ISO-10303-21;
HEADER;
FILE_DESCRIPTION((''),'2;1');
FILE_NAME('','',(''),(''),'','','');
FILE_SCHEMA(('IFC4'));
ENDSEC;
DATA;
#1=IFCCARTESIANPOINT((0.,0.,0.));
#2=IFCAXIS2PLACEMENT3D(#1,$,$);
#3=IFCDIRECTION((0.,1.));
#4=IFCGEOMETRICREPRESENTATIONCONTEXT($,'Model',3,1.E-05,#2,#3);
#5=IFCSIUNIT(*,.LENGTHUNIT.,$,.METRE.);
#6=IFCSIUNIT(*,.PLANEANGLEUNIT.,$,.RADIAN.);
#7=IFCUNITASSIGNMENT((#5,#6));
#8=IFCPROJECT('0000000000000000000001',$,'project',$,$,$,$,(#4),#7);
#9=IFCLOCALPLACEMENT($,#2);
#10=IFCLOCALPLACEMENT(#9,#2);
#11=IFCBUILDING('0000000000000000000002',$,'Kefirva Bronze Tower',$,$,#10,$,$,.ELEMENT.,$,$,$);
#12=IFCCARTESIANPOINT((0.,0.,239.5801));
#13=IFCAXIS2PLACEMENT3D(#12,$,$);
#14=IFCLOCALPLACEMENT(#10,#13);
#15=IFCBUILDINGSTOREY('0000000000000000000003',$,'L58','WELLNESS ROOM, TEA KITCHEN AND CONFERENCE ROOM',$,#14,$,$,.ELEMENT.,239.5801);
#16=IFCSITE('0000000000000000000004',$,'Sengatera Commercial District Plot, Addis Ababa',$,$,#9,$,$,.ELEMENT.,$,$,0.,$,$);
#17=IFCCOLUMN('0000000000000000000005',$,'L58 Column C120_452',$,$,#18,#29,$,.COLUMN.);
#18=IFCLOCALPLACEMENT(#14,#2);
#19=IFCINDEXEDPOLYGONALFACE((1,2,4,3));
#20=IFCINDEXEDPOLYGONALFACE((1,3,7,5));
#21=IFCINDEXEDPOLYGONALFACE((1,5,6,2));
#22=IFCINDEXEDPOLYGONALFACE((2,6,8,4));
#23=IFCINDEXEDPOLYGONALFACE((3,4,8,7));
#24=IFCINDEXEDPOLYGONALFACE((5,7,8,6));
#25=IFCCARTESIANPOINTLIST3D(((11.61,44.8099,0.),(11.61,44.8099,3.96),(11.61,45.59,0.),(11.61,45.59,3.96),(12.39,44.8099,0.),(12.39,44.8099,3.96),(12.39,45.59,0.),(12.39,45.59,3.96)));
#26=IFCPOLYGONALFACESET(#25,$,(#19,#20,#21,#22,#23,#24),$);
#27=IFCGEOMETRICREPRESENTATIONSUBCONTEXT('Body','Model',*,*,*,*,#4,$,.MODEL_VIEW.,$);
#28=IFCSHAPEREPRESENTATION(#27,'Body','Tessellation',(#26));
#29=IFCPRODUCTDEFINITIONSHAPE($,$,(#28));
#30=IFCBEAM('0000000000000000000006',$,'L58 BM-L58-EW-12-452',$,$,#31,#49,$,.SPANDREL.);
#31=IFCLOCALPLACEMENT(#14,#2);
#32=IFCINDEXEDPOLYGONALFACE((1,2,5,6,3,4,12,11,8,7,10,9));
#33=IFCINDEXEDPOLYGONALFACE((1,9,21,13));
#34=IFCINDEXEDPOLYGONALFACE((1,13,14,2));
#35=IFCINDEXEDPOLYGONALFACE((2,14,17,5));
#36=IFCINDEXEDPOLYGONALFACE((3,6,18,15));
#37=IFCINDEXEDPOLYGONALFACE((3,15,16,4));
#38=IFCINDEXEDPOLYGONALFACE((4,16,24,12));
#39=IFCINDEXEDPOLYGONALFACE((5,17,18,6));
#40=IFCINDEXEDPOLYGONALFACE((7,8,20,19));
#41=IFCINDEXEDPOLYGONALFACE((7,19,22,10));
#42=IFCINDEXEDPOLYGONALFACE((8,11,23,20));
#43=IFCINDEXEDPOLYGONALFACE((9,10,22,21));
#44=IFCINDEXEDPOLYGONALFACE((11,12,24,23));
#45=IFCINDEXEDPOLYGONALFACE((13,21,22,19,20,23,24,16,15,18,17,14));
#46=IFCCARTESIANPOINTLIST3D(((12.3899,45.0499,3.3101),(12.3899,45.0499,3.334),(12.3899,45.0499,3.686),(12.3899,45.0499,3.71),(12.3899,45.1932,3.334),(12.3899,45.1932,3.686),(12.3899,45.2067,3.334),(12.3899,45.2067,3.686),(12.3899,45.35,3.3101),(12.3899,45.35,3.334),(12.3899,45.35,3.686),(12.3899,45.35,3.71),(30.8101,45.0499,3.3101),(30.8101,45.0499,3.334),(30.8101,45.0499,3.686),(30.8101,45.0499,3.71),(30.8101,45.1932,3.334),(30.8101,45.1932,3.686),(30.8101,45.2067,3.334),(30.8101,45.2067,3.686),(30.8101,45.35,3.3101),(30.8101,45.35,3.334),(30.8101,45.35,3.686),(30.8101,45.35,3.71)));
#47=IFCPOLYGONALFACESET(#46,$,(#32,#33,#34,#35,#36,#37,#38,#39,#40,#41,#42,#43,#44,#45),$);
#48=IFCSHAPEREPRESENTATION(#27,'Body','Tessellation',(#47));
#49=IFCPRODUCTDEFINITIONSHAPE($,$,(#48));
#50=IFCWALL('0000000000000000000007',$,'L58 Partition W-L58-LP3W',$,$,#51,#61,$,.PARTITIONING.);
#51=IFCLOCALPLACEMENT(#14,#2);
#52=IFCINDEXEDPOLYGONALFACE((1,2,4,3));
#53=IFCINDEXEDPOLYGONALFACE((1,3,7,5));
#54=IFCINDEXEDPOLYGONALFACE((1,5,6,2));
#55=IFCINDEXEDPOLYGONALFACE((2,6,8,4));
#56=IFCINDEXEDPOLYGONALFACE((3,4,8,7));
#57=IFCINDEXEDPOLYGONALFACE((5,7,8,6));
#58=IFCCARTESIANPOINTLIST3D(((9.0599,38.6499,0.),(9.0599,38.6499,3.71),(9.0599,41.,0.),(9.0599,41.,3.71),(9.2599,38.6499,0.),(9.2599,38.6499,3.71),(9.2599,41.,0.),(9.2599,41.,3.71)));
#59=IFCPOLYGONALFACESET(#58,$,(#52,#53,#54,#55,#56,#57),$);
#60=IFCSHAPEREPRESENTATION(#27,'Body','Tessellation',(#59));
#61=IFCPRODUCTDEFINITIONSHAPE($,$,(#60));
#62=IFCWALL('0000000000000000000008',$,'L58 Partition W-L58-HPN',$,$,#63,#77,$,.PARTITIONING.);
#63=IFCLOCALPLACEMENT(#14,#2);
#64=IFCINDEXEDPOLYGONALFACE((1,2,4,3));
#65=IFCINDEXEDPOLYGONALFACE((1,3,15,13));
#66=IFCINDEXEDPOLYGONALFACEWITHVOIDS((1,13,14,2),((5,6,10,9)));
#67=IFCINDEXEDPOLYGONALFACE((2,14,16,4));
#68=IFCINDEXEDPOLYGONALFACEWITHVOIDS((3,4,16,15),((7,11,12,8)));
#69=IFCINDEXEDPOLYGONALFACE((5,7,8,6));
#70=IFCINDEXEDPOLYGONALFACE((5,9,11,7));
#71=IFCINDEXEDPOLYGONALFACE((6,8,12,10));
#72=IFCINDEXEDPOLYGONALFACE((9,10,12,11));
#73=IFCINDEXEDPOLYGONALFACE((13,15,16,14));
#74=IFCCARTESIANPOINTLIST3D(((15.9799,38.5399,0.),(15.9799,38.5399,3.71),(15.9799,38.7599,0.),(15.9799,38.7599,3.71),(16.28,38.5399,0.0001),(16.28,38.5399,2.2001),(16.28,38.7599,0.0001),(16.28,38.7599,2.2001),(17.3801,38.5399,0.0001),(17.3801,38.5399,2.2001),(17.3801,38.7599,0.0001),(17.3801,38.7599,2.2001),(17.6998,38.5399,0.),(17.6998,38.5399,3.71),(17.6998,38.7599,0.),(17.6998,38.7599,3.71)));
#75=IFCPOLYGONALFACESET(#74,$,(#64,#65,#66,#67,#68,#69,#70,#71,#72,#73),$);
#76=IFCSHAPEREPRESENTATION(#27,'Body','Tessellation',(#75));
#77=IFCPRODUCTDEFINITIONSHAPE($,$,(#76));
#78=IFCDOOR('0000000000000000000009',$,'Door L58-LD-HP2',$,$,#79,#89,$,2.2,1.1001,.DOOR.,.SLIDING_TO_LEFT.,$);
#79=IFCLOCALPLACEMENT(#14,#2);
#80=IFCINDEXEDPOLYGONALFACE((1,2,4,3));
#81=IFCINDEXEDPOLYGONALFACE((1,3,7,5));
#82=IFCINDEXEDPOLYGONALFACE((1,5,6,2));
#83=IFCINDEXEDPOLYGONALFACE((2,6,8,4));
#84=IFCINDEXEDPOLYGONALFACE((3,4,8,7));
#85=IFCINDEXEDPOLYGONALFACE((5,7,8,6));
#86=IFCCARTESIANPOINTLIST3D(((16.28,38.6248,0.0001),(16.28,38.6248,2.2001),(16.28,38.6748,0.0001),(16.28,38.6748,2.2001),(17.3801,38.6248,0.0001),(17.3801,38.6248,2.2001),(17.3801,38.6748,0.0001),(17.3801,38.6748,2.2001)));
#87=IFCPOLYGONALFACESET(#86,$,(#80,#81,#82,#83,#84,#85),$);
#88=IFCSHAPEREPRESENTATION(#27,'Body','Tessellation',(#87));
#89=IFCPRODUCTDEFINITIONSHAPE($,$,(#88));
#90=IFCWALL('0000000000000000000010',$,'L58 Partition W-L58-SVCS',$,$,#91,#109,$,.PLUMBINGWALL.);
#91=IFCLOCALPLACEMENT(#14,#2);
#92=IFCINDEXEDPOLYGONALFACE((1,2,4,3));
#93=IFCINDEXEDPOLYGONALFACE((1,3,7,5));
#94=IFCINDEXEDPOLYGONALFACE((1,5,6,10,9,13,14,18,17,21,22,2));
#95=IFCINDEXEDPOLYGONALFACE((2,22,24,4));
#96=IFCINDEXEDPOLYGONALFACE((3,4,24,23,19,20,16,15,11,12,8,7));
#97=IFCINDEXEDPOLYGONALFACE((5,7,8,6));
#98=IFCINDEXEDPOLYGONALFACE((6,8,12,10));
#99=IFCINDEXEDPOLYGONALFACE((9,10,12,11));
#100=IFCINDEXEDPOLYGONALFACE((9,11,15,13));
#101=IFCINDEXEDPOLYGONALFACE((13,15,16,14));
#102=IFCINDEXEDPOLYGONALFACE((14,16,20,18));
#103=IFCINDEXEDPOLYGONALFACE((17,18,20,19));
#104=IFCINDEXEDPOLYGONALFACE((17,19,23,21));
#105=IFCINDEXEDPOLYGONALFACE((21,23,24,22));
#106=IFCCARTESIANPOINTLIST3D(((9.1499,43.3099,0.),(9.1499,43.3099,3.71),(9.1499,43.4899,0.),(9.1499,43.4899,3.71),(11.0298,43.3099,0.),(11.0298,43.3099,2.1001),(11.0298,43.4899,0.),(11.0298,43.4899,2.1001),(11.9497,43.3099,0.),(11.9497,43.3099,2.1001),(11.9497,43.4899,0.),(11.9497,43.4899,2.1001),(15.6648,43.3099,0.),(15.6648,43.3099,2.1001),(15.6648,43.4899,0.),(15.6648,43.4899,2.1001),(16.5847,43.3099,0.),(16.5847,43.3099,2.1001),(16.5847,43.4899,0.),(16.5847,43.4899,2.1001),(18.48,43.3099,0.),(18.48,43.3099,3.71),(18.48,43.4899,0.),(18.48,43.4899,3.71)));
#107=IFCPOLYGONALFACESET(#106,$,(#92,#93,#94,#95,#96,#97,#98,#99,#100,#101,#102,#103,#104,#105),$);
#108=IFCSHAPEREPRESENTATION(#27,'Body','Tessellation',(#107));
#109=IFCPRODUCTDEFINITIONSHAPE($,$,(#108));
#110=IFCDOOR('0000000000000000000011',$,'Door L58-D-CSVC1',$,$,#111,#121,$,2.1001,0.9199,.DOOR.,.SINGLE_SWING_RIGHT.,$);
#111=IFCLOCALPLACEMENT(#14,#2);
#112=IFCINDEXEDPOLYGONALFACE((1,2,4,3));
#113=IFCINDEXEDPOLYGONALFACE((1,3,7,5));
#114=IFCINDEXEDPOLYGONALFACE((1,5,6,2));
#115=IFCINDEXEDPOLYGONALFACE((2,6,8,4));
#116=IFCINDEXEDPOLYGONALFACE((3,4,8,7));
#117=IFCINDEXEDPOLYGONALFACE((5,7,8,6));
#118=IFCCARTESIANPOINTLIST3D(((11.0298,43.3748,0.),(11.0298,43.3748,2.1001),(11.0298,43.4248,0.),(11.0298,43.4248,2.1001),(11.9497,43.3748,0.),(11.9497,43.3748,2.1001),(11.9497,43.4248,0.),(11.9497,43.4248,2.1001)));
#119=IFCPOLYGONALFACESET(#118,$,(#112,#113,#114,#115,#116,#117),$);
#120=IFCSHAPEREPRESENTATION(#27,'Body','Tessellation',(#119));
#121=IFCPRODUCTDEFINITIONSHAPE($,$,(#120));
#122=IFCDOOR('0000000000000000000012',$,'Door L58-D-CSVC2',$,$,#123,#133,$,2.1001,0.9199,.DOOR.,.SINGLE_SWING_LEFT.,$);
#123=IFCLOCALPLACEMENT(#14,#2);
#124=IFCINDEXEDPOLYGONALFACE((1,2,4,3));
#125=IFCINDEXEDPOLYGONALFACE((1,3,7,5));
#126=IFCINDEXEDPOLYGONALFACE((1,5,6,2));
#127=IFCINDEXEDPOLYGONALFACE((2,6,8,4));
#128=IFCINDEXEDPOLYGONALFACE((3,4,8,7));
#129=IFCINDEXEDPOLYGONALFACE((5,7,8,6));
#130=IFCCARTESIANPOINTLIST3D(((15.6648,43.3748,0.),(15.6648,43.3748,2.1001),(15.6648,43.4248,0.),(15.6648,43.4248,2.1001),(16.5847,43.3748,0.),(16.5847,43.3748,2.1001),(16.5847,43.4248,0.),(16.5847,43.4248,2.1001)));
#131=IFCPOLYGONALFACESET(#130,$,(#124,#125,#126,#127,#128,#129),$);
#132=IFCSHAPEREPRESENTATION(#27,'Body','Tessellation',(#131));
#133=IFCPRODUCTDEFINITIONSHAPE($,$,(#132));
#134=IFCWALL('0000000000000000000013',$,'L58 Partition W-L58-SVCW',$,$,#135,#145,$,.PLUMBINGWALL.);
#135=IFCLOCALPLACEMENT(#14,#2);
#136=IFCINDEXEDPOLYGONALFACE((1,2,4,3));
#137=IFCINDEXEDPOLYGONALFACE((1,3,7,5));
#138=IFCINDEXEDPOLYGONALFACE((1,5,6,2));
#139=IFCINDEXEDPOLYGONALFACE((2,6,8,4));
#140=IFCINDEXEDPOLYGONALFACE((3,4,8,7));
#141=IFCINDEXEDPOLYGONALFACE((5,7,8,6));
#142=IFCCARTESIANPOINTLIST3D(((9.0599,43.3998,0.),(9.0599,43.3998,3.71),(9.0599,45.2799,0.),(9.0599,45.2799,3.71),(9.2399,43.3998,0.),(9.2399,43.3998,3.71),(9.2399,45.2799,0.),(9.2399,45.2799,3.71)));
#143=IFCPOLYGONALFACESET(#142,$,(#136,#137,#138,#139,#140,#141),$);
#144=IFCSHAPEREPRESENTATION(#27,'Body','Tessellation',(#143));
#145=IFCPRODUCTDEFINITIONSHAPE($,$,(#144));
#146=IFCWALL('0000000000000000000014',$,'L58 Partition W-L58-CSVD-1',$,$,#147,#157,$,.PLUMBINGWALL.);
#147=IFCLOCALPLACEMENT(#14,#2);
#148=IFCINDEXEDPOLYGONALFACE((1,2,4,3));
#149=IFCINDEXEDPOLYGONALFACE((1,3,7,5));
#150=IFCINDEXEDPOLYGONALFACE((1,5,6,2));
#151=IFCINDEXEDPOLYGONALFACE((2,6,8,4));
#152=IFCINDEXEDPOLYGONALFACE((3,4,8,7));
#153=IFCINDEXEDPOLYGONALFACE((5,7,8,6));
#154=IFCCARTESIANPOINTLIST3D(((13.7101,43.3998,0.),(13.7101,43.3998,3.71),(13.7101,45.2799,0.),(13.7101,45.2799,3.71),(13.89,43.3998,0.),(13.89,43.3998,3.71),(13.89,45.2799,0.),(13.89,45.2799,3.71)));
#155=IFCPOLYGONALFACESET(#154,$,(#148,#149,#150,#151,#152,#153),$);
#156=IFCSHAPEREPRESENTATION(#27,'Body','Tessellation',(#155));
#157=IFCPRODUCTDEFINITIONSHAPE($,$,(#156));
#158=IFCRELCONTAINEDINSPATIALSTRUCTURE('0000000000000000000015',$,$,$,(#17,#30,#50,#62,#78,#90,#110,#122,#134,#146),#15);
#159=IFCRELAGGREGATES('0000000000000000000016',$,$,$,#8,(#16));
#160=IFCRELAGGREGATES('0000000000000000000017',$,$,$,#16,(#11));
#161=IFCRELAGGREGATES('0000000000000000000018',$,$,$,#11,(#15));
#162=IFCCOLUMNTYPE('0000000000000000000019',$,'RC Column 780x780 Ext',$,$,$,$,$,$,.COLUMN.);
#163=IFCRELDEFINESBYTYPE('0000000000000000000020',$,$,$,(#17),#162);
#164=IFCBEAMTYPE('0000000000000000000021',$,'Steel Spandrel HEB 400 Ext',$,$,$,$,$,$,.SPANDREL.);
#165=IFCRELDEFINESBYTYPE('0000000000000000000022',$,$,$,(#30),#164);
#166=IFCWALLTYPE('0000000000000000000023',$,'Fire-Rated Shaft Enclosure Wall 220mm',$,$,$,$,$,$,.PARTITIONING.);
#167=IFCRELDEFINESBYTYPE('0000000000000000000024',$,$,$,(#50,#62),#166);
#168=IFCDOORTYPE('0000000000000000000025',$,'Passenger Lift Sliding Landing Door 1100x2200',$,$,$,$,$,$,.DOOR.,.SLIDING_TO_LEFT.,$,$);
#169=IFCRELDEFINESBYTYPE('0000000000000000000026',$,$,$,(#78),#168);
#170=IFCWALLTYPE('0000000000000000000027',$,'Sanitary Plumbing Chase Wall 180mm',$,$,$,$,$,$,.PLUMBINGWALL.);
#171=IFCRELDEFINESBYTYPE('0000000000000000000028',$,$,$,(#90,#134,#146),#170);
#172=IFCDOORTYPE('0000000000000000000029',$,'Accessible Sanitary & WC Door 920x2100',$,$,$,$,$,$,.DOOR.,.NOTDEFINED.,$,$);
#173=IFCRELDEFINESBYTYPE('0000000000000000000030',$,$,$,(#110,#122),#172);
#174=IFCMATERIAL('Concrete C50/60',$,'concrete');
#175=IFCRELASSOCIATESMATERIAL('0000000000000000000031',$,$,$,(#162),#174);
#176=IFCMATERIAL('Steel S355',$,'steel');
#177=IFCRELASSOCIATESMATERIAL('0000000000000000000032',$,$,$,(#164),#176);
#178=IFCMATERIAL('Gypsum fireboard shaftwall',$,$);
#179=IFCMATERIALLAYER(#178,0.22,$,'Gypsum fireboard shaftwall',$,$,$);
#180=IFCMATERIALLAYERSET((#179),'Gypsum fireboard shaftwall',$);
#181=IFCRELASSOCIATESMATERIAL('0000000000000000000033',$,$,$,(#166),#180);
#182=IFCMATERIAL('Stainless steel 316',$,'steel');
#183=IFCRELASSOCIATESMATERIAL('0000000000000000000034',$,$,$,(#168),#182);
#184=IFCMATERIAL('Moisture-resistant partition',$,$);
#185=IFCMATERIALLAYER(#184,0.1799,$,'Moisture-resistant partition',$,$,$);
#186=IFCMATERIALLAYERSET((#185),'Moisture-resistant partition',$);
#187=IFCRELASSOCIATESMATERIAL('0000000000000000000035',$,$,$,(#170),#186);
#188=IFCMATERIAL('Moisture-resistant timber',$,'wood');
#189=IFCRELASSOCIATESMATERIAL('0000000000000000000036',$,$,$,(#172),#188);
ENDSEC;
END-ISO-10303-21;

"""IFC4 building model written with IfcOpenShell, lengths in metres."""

from ifc_helpers import new_model, si_unit, direction, frame, frame_2d, origin, origin_2d, place, context, subcontext, project, spatial, rectangle, i_section, extrude, material, layer, layer_set, material_profile, profile_set, type_object, element, fill, save


model = new_model("IFC4")

# Units and contexts
model_context = context("Model", 3, precision=1e-05, world=origin(), true_north=direction((0.0, 1.0)))
body_context = subcontext(model_context, "Body", "Model", "MODEL_VIEW")
ifc_project = project(units=[si_unit("LENGTHUNIT", "METRE"), si_unit("PLANEANGLEUNIT", "RADIAN")], contexts=[model_context])

# Site, building, storey
site_placement = place(None, origin())
site = spatial("IfcSite", under=ifc_project, at=site_placement, Name="Sengatera Commercial District Plot, Addis Ababa", CompositionType="ELEMENT", RefElevation=0.0)
building_placement = place(site_placement, origin())
building = spatial("IfcBuilding", under=site, at=building_placement, Name="Kefirva Bronze Tower", CompositionType="ELEMENT")
storey_placement = place(building_placement, frame((0.0, 0.0, 239.5801)))
storey = spatial("IfcBuildingStorey", under=building, at=storey_placement, Name="L58", Description="WELLNESS ROOM, TEA KITCHEN AND CONFERENCE ROOM", CompositionType="ELEMENT", Elevation=239.5801)

# Column
ifc_material_1 = material(Name="Concrete C50/60", Category="concrete")
ifc_material_profile_1 = material_profile(ifc_material_1, rectangle(XDim=0.78, YDim=0.78, at=origin_2d()), Name="RC 780x780")
ifc_profile_set_1 = profile_set([ifc_material_profile_1], Name="Concrete C50/60")
column_type = type_object("IfcColumnType", Name="RC Column 780x780 Ext", PredefinedType="COLUMN", material=ifc_profile_set_1)
column_placement = place(storey_placement, frame((12.0, 45.2, 0.0), z_axis=(0.0, 0.0, 1.0), x_axis=(1.0, 0.0, 0.0)))
element("IfcColumn", 1, at=column_placement, inside=storey, type_object=column_type, Name="L58 Column C120_452", PredefinedType="COLUMN", context=body_context, shape_type="SweptSolid", body=[
    extrude(rectangle(XDim=0.78, YDim=0.78, at=origin_2d()), origin(), (0.0, 0.0, 1.0), 3.96),
])

# Beam
ifc_material_2 = material(Name="Steel S355", Category="steel")
ifc_material_profile_2 = material_profile(ifc_material_2, i_section(OverallWidth=0.3, OverallDepth=0.3999, WebThickness=0.0134, FlangeThickness=0.0239, at=origin_2d()), Name="HEB 400")
ifc_profile_set_2 = profile_set([ifc_material_profile_2], Name="Steel S355")
beam_type = type_object("IfcBeamType", Name="Steel Spandrel HEB 400 Ext", PredefinedType="SPANDREL", material=ifc_profile_set_2)
beam_placement = place(storey_placement, frame((12.3899, 45.2, 3.51), z_axis=(1.0, 0.0, 0.0), x_axis=(0.0, 1.0, 0.0)))
element("IfcBeam", 2, at=beam_placement, inside=storey, type_object=beam_type, Name="L58 BM-L58-EW-12-452", PredefinedType="SPANDREL", context=body_context, shape_type="SweptSolid", body=[
    extrude(i_section(OverallWidth=0.3, OverallDepth=0.3999, WebThickness=0.0134, FlangeThickness=0.0239, at=origin_2d()), origin(), (0.0, 0.0, 1.0), 18.4202),
])

# Wall
ifc_material_3 = material(Name="Gypsum fireboard shaftwall")
ifc_layer_1 = layer(ifc_material_3, 0.22, Name="Gypsum fireboard shaftwall")
ifc_layer_set_1 = layer_set([ifc_layer_1], Name="Gypsum fireboard shaftwall")
wall_type_1 = type_object("IfcWallType", Name="Fire-Rated Shaft Enclosure Wall 220mm", PredefinedType="PARTITIONING", material=ifc_layer_set_1)
wall_1_placement = place(storey_placement, frame((9.1599, 38.6499, 0.0), z_axis=(0.0, 0.0, 1.0), x_axis=(0.0, 1.0, 0.0)))
element("IfcWall", 3, at=wall_1_placement, inside=storey, type_object=wall_type_1, Name="L58 Partition W-L58-LP3W", PredefinedType="PARTITIONING", context=body_context, shape_type="SweptSolid", body=[
    extrude(rectangle(XDim=2.3501, YDim=0.2, at=frame_2d((1.175, 0.0))), origin(), (0.0, 0.0, 1.0), 3.71),
])

# Wall, opening, door
wall_2_placement = place(storey_placement, frame((15.98, 38.6499, 0.0), z_axis=(0.0, 0.0, 1.0), x_axis=(1.0, 0.0, 0.0)))
wall_2 = element("IfcWall", 4, at=wall_2_placement, inside=storey, type_object=wall_type_1, Name="L58 Partition W-L58-HPN", PredefinedType="PARTITIONING", context=body_context, shape_type="SweptSolid", body=[
    extrude(rectangle(XDim=1.72, YDim=0.22, at=frame_2d((0.8599, 0.0))), origin(), (0.0, 0.0, 1.0), 3.71),
])
opening_1_placement = place(wall_2_placement, frame((0.3, 0.0, 0.0)))
opening_1 = element("IfcOpeningElement", 5, at=opening_1_placement, cuts=wall_2, PredefinedType="OPENING", context=body_context, shape_type="SweptSolid", body=[
    extrude(rectangle(XDim=1.1001, YDim=2.2, at=frame_2d((0.55, 1.1001))), frame((0.0, 0.1201, 0.0), z_axis=(0.0, -1.0, 0.0), x_axis=(1.0, 0.0, 0.0)), (0.0, 0.0, 1.0), 0.24),
])
ifc_material_4 = material(Name="Stainless steel 316", Category="steel")
door_type_1 = type_object("IfcDoorType", Name="Passenger Lift Sliding Landing Door 1100x2200", OperationType="SLIDING_TO_LEFT", PredefinedType="DOOR", material=ifc_material_4)
door_1_placement = place(opening_1_placement, origin())
door_1 = element("IfcDoor", 6, at=door_1_placement, inside=storey, type_object=door_type_1, Name="Door L58-LD-HP2", OperationType="SLIDING_TO_LEFT", OverallHeight=2.2, OverallWidth=1.1001, PredefinedType="DOOR", context=body_context, shape_type="SweptSolid", body=[
    extrude(rectangle(XDim=1.1001, YDim=2.2, at=frame_2d((0.55, 1.1001))), frame((0.0, 0.0249, 0.0), z_axis=(0.0, -1.0, 0.0), x_axis=(1.0, 0.0, 0.0)), (0.0, 0.0, 1.0), 0.05),
])
fill(opening_1, door_1)

# Wall, openings, doors
ifc_material_5 = material(Name="Moisture-resistant partition")
ifc_layer_2 = layer(ifc_material_5, 0.1799, Name="Moisture-resistant partition")
ifc_layer_set_2 = layer_set([ifc_layer_2], Name="Moisture-resistant partition")
wall_type_2 = type_object("IfcWallType", Name="Sanitary Plumbing Chase Wall 180mm", PredefinedType="PLUMBINGWALL", material=ifc_layer_set_2)
wall_3_placement = place(storey_placement, frame((9.1499, 43.3999, 0.0), z_axis=(0.0, 0.0, 1.0), x_axis=(1.0, 0.0, 0.0)))
wall_3 = element("IfcWall", 7, at=wall_3_placement, inside=storey, type_object=wall_type_2, Name="L58 Partition W-L58-SVCS", PredefinedType="PLUMBINGWALL", context=body_context, shape_type="SweptSolid", body=[
    extrude(rectangle(XDim=9.3301, YDim=0.1799, at=frame_2d((4.665, 0.0))), origin(), (0.0, 0.0, 1.0), 3.71),
])
opening_2_placement = place(wall_3_placement, frame((1.8799, 0.0, 0.0)))
opening_2 = element("IfcOpeningElement", 8, at=opening_2_placement, cuts=wall_3, PredefinedType="OPENING", context=body_context, shape_type="SweptSolid", body=[
    extrude(rectangle(XDim=0.9199, YDim=2.1001, at=frame_2d((0.46, 1.05))), frame((0.0, 0.1001, 0.0), z_axis=(0.0, -1.0, 0.0), x_axis=(1.0, 0.0, 0.0)), (0.0, 0.0, 1.0), 0.2),
])
opening_3_placement = place(wall_3_placement, frame((6.5149, 0.0, 0.0)))
opening_3 = element("IfcOpeningElement", 9, at=opening_3_placement, cuts=wall_3, PredefinedType="OPENING", context=body_context, shape_type="SweptSolid", body=[
    extrude(rectangle(XDim=0.9199, YDim=2.1001, at=frame_2d((0.46, 1.05))), frame((0.0, 0.1001, 0.0), z_axis=(0.0, -1.0, 0.0), x_axis=(1.0, 0.0, 0.0)), (0.0, 0.0, 1.0), 0.2),
])
ifc_material_6 = material(Name="Moisture-resistant timber", Category="wood")
door_type_2 = type_object("IfcDoorType", Name="Accessible Sanitary & WC Door 920x2100", OperationType="NOTDEFINED", PredefinedType="DOOR", material=ifc_material_6)
door_2_placement = place(opening_2_placement, origin())
door_2 = element("IfcDoor", 10, at=door_2_placement, inside=storey, type_object=door_type_2, Name="Door L58-D-CSVC1", OperationType="SINGLE_SWING_RIGHT", OverallHeight=2.1001, OverallWidth=0.9199, PredefinedType="DOOR", context=body_context, shape_type="SweptSolid", body=[
    extrude(rectangle(XDim=0.9199, YDim=2.1001, at=frame_2d((0.46, 1.05))), frame((0.0, 0.0249, 0.0), z_axis=(0.0, -1.0, 0.0), x_axis=(1.0, 0.0, 0.0)), (0.0, 0.0, 1.0), 0.05),
])
fill(opening_2, door_2)
door_3_placement = place(opening_3_placement, origin())
door_3 = element("IfcDoor", 11, at=door_3_placement, inside=storey, type_object=door_type_2, Name="Door L58-D-CSVC2", OperationType="SINGLE_SWING_LEFT", OverallHeight=2.1001, OverallWidth=0.9199, PredefinedType="DOOR", context=body_context, shape_type="SweptSolid", body=[
    extrude(rectangle(XDim=0.9199, YDim=2.1001, at=frame_2d((0.46, 1.05))), frame((0.0, 0.0249, 0.0), z_axis=(0.0, -1.0, 0.0), x_axis=(1.0, 0.0, 0.0)), (0.0, 0.0, 1.0), 0.05),
])
fill(opening_3, door_3)

# Walls
for number, where, z_axis, x_axis, name in (
    (12, (9.1499, 43.3999, 0.0), (0.0, 0.0, 1.0), (0.0, 1.0, 0.0), "L58 Partition W-L58-SVCW"),
    (13, (13.8, 43.3999, 0.0), (0.0, 0.0, 1.0), (0.0, 1.0, 0.0), "L58 Partition W-L58-CSVD-1"),
):
    element("IfcWall", number, at=place(storey_placement, frame(where, z_axis=z_axis, x_axis=x_axis)), inside=storey, type_object=wall_type_2, Name=name, PredefinedType="PLUMBINGWALL", context=body_context, shape_type="SweptSolid", body=[
        extrude(rectangle(XDim=1.8801, YDim=0.1799, at=frame_2d((0.9399, 0.0))), origin(), (0.0, 0.0, 1.0), 3.71),
    ])

save(model, "model.ifc")
